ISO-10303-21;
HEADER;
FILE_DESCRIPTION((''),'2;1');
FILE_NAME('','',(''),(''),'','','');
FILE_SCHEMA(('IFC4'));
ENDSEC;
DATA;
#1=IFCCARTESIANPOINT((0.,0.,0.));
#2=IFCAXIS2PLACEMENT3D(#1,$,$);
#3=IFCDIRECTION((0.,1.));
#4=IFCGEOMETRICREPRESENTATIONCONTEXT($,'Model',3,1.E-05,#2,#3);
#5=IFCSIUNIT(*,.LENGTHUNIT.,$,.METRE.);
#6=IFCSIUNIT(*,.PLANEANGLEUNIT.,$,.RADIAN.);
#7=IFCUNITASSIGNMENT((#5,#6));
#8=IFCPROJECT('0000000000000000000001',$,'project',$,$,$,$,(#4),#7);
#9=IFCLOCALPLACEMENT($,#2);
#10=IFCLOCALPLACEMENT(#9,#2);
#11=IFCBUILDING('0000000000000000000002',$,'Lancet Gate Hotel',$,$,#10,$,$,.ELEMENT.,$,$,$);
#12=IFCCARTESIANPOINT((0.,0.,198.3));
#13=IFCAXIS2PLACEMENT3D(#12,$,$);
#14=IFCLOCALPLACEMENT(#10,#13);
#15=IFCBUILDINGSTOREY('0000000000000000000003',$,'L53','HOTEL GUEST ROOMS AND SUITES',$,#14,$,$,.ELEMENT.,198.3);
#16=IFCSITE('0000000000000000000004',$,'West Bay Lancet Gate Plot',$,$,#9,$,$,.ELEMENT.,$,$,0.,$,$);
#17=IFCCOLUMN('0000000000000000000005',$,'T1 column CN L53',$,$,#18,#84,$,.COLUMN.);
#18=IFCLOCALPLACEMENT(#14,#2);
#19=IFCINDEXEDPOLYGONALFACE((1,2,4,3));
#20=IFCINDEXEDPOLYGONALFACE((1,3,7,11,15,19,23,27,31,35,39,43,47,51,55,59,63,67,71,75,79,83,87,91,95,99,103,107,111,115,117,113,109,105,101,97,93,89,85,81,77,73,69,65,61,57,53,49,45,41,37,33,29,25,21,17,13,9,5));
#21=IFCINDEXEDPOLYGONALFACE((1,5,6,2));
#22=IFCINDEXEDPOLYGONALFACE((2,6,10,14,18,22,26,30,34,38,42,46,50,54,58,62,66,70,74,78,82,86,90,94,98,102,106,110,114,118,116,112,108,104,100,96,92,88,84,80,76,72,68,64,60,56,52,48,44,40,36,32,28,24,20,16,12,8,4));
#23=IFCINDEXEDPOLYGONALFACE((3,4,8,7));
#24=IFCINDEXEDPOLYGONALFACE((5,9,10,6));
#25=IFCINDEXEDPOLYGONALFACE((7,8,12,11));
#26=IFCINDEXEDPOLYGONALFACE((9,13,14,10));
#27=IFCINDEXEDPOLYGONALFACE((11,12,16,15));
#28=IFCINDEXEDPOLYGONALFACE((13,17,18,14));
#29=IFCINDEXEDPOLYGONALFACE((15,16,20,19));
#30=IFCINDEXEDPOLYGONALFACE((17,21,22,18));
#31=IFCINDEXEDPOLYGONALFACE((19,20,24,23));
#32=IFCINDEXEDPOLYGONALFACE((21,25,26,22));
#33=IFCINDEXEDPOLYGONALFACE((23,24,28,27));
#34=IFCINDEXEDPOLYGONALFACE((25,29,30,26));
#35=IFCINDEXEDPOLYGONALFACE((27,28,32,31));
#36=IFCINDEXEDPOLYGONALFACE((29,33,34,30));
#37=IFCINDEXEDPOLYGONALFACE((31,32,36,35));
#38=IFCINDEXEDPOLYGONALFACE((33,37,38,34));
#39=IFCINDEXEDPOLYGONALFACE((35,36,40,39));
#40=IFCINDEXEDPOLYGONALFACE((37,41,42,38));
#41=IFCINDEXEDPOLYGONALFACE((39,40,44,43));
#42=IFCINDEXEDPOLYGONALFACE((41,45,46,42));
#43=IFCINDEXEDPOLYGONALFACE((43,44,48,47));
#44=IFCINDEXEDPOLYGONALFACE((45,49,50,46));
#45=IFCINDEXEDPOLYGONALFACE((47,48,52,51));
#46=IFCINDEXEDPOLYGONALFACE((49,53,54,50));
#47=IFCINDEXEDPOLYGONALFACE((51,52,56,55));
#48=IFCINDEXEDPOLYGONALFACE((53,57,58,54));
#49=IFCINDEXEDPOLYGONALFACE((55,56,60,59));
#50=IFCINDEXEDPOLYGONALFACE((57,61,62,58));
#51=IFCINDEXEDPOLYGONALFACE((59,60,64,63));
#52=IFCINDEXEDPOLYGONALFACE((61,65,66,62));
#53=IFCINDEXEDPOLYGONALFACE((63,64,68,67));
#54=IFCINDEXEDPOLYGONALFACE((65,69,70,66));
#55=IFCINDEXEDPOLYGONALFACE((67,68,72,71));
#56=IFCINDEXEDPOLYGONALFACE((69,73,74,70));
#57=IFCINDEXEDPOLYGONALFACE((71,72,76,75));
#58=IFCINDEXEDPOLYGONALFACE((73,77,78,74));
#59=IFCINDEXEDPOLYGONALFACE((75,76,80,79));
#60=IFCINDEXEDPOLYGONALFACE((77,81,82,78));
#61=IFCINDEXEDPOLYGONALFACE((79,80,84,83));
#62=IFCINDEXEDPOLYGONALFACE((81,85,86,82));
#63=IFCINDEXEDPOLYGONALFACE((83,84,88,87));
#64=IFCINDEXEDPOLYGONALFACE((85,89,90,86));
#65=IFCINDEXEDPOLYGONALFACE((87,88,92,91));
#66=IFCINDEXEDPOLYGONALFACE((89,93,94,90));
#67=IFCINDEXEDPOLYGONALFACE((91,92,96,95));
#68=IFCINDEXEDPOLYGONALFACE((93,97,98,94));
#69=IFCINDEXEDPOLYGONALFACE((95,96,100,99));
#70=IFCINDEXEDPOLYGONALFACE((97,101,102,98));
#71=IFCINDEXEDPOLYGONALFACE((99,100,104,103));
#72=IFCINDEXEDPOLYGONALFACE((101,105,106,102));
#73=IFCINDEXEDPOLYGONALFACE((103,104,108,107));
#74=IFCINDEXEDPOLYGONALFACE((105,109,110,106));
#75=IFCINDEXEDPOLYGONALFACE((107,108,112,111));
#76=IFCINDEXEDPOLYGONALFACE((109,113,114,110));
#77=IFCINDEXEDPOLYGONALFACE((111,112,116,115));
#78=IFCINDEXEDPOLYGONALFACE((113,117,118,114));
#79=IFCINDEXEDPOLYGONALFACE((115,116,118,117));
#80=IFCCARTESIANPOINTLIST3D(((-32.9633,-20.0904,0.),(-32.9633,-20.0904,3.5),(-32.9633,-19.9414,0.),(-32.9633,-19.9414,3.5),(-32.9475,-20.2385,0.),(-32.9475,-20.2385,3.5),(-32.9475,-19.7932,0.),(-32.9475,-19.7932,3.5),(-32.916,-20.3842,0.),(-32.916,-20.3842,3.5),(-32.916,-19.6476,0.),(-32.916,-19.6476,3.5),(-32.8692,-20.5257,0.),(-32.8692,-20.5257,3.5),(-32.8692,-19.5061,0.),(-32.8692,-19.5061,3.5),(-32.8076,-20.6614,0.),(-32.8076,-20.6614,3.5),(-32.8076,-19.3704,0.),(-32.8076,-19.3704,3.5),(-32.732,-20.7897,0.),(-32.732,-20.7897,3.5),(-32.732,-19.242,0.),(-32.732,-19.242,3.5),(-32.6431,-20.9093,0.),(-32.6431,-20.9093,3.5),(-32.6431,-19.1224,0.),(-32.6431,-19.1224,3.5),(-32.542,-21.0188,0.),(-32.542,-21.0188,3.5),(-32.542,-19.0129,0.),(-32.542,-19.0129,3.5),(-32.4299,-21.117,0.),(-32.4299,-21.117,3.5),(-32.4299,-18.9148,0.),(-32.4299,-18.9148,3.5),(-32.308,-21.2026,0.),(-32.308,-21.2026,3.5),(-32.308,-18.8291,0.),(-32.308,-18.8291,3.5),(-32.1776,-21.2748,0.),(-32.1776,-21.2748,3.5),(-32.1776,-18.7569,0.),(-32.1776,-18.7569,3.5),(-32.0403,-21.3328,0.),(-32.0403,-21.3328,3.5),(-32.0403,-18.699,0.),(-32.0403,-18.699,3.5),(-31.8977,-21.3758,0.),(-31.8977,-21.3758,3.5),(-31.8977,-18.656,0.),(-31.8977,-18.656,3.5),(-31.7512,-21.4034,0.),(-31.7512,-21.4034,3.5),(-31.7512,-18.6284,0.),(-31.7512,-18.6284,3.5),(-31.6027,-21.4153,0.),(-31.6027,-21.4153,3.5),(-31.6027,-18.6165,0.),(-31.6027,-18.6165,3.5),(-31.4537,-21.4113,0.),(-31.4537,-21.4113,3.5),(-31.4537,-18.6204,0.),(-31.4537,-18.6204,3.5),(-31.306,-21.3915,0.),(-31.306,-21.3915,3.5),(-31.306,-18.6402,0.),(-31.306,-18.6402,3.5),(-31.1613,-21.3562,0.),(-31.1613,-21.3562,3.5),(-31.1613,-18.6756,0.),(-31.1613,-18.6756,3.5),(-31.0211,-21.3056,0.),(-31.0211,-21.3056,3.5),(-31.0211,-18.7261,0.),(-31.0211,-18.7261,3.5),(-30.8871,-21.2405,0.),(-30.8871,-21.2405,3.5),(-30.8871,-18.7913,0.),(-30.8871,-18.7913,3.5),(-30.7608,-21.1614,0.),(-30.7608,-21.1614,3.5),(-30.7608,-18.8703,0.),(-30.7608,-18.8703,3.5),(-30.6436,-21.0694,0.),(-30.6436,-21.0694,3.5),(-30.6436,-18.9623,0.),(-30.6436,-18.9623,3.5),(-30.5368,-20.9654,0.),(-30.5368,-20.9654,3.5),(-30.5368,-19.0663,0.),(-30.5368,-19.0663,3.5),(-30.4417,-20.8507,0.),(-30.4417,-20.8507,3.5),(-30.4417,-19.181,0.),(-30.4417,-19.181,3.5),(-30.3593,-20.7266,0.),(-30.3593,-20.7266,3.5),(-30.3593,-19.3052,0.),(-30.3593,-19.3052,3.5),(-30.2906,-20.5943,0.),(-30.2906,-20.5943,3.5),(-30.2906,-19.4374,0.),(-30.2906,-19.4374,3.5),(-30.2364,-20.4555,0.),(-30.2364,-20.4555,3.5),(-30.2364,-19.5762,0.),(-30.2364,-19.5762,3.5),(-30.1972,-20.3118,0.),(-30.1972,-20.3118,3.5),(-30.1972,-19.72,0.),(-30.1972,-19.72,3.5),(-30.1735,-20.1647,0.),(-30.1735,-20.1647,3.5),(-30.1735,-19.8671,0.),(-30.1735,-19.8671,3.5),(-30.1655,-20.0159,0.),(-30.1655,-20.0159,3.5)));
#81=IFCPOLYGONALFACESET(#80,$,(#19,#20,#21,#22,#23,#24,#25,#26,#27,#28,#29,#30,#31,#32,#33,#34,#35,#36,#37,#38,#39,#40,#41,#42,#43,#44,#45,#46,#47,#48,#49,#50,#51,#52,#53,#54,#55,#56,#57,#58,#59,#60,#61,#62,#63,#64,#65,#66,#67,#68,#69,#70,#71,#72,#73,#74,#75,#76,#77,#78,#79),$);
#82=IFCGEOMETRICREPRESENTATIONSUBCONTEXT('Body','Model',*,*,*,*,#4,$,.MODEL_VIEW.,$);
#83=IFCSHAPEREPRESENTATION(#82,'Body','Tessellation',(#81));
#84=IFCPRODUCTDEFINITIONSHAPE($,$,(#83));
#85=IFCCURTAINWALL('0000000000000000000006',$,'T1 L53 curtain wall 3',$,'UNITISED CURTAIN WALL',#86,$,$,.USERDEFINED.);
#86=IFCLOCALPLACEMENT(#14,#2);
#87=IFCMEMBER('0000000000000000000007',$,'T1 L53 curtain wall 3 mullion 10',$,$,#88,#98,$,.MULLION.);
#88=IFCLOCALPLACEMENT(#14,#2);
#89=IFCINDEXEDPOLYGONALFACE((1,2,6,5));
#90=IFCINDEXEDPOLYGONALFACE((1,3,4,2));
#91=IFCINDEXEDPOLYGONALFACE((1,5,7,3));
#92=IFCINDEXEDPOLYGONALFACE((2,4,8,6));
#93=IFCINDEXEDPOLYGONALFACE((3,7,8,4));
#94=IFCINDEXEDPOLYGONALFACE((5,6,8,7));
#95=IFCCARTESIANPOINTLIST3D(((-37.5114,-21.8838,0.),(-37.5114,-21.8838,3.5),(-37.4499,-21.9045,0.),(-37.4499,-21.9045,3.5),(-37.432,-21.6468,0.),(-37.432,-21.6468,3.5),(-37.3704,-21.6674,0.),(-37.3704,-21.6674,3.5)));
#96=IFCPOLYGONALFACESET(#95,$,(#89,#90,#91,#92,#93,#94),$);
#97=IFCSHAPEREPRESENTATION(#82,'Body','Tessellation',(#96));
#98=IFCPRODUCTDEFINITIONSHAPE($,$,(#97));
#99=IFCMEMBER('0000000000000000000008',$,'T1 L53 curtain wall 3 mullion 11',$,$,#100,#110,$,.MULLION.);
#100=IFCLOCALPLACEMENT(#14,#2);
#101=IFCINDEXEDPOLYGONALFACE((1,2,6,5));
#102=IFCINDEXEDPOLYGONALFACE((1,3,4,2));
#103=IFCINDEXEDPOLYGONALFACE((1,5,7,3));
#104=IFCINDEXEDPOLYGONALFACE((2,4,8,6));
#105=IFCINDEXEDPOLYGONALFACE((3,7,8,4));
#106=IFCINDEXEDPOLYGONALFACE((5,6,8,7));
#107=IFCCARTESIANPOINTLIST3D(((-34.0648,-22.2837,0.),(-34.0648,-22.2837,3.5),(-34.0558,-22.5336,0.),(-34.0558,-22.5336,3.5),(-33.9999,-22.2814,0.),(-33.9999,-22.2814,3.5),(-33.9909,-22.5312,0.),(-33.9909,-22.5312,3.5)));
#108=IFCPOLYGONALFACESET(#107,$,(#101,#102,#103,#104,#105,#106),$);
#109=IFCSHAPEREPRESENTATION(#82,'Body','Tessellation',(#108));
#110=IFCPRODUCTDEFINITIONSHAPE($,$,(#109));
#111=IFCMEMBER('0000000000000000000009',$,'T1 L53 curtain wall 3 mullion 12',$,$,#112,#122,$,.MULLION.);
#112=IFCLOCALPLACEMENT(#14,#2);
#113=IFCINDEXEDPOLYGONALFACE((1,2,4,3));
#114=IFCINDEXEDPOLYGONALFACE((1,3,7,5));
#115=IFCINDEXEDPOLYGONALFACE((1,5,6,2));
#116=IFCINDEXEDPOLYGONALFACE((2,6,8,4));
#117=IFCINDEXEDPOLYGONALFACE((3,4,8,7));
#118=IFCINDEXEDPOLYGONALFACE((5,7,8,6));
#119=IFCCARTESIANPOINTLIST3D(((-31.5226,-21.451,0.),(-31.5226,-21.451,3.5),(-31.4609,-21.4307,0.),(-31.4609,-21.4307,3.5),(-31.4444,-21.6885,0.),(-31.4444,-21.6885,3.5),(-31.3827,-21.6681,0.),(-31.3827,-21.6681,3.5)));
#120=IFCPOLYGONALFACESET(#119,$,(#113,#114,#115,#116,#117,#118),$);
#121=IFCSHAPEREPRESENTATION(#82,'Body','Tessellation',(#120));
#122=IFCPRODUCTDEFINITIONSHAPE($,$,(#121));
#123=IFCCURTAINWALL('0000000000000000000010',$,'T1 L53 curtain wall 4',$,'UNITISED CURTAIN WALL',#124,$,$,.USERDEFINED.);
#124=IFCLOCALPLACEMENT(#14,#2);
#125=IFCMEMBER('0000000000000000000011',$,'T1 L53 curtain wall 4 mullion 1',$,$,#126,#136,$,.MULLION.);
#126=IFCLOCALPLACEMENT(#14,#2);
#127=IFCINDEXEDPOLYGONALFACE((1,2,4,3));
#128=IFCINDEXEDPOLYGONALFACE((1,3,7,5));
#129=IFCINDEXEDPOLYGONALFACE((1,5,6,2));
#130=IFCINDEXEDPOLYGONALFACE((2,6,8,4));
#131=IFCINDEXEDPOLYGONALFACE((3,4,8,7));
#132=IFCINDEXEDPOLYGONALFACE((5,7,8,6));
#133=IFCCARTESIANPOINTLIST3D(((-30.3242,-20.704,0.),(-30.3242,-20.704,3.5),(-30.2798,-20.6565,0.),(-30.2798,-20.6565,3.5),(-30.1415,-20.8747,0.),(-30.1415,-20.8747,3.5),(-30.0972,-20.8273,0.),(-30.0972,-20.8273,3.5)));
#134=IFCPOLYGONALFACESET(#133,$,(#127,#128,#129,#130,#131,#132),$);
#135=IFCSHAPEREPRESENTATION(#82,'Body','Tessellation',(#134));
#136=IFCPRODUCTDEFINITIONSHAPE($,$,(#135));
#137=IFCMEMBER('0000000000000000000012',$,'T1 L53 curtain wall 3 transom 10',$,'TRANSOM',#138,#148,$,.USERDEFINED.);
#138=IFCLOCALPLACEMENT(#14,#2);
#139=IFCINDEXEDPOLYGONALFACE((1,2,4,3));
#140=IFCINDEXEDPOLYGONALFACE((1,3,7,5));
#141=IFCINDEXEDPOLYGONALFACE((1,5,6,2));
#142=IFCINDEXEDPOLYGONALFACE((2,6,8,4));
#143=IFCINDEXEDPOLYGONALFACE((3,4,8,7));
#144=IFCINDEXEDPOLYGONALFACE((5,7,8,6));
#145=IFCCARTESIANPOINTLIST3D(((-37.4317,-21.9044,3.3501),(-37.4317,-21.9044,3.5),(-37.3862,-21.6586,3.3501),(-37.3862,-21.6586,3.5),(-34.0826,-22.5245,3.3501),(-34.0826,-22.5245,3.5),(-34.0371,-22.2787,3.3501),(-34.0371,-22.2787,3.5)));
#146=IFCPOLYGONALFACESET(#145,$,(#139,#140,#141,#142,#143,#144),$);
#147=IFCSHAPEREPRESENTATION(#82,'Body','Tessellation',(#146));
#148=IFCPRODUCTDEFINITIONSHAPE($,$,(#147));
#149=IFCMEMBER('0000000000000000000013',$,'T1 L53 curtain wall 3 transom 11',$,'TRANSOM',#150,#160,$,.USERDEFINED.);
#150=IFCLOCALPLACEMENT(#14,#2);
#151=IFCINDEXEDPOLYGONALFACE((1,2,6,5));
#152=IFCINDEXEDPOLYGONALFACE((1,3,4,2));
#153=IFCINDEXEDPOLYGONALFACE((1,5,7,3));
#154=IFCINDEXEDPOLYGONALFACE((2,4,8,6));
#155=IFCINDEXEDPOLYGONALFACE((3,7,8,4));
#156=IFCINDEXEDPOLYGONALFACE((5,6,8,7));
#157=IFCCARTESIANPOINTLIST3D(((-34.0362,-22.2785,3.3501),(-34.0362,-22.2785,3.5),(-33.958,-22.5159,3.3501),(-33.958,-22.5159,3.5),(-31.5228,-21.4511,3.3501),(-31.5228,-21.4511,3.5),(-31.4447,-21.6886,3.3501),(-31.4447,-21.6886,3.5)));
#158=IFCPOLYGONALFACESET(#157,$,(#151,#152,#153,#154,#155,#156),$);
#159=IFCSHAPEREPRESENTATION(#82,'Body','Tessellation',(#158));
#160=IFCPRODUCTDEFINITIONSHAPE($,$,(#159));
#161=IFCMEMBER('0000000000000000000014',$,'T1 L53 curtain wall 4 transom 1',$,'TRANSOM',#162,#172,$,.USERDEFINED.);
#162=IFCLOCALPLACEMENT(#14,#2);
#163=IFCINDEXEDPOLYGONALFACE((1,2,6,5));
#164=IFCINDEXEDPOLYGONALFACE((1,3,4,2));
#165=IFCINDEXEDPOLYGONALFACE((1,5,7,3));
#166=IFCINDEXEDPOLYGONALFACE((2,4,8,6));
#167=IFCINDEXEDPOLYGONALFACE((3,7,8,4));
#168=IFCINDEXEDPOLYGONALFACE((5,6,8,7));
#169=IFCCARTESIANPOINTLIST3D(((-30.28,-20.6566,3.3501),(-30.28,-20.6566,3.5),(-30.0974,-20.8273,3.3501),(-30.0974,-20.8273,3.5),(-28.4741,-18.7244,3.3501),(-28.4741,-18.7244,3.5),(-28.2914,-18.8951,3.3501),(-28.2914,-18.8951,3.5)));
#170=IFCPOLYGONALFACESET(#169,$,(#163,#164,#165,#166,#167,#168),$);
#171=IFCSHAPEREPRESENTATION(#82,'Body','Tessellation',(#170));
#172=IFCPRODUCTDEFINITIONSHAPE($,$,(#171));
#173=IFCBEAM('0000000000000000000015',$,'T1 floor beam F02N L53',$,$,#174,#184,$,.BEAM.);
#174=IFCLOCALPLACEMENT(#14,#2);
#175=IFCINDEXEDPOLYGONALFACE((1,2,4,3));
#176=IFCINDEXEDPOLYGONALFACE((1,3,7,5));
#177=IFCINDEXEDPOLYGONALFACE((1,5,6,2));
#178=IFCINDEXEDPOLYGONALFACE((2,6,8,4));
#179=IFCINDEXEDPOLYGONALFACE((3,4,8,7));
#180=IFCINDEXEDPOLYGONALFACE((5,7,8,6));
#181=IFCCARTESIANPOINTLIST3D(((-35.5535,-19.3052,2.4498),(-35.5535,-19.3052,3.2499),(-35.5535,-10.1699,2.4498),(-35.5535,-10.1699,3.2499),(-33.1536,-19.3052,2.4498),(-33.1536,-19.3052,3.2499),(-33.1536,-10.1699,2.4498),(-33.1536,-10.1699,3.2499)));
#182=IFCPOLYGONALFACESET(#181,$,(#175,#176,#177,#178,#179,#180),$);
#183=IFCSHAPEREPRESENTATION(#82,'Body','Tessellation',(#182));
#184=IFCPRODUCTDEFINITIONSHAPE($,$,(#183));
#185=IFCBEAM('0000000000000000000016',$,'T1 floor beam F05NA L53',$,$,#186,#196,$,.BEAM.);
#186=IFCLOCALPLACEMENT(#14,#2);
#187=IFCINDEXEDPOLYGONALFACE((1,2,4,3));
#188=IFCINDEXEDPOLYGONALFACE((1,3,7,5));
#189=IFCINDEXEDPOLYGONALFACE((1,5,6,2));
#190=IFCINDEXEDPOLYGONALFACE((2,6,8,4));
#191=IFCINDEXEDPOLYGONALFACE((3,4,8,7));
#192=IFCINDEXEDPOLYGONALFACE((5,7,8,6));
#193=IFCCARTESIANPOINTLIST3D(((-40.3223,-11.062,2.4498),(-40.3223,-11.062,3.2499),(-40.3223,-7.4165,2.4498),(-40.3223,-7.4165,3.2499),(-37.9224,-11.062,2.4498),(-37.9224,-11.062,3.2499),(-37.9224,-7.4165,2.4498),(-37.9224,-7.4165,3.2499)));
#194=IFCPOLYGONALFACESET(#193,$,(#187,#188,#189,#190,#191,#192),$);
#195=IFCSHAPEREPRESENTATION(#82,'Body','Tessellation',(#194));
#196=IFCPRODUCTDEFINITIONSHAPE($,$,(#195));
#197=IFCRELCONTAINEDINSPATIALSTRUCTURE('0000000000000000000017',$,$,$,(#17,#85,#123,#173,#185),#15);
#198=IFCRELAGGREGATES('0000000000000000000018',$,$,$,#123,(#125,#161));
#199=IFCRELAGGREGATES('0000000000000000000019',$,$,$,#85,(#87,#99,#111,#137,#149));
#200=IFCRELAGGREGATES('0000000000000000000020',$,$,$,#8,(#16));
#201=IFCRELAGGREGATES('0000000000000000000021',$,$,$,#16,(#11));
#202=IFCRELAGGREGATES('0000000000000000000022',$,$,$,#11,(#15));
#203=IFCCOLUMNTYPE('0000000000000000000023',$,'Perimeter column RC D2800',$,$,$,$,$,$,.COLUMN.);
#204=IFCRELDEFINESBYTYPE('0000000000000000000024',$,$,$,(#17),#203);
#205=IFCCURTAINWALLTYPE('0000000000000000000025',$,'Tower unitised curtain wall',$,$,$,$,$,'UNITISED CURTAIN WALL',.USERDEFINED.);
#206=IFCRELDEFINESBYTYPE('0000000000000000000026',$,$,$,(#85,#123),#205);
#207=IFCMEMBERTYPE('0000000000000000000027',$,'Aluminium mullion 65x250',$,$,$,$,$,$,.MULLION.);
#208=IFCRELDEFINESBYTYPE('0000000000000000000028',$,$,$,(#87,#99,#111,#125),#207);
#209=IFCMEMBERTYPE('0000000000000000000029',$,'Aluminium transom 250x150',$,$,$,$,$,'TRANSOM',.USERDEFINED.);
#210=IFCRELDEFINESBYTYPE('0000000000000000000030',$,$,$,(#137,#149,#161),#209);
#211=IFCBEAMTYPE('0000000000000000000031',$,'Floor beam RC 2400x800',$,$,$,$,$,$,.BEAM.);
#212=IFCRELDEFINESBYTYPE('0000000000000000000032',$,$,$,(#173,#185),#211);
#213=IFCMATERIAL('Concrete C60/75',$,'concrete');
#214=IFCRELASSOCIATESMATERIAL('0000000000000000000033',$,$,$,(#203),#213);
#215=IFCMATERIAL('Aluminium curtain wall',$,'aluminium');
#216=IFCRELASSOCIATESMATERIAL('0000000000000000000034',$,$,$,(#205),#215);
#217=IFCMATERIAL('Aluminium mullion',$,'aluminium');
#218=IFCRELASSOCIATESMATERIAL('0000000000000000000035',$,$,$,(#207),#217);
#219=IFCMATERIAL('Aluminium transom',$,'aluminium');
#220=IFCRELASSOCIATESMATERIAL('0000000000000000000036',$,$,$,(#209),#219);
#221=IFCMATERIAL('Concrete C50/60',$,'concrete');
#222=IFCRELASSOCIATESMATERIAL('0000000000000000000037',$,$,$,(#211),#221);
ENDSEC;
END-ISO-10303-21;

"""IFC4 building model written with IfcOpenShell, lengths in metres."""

from ifc_helpers import new_model, si_unit, direction, frame, origin, origin_2d, place, context, subcontext, project, spatial, rectangle, circle, extrude, material, material_profile, profile_set, type_object, element, aggregate, save


model = new_model("IFC4")

# Units and contexts
model_context = context("Model", 3, precision=1e-05, world=origin(), true_north=direction((0.0, 1.0)))
body_context = subcontext(model_context, "Body", "Model", "MODEL_VIEW")
ifc_project = project(units=[si_unit("LENGTHUNIT", "METRE"), si_unit("PLANEANGLEUNIT", "RADIAN")], contexts=[model_context])

# Site, building, storey
site_placement = place(None, origin())
site = spatial("IfcSite", under=ifc_project, at=site_placement, Name="West Bay Lancet Gate Plot", CompositionType="ELEMENT", RefElevation=0.0)
building_placement = place(site_placement, origin())
building = spatial("IfcBuilding", under=site, at=building_placement, Name="Lancet Gate Hotel", CompositionType="ELEMENT")
storey_placement = place(building_placement, frame((0.0, 0.0, 198.3)))
storey = spatial("IfcBuildingStorey", under=building, at=storey_placement, Name="L53", Description="HOTEL GUEST ROOMS AND SUITES", CompositionType="ELEMENT", Elevation=198.3)

# Column
ifc_material_1 = material(Name="Concrete C60/75", Category="concrete")
ifc_material_profile_1 = material_profile(ifc_material_1, circle(Radius=1.3999, at=origin_2d()), Name="RC D2800")
ifc_profile_set_1 = profile_set([ifc_material_profile_1], Name="Concrete C60/75")
column_type = type_object("IfcColumnType", Name="Perimeter column RC D2800", PredefinedType="COLUMN", material=ifc_profile_set_1)
column_placement = place(storey_placement, frame((-31.5654, -20.0159, 0.0), z_axis=(0.0, 0.0, 1.0), x_axis=(1.0, 0.0, 0.0)))
element("IfcColumn", 1, at=column_placement, inside=storey, type_object=column_type, Name="T1 column CN L53", PredefinedType="COLUMN", context=body_context, shape_type="SweptSolid", body=[
    extrude(circle(Radius=1.3999, at=origin_2d()), origin(), (0.0, 0.0, 1.0), 3.5),
])

# Curtain wall, members
ifc_material_2 = material(Name="Aluminium curtain wall", Category="aluminium")
curtain_wall_type = type_object("IfcCurtainWallType", Name="Tower unitised curtain wall", ElementType="UNITISED CURTAIN WALL", PredefinedType="USERDEFINED", material=ifc_material_2)
curtain_wall_1_placement = place(storey_placement, origin())
curtain_wall_1 = element("IfcCurtainWall", 2, at=curtain_wall_1_placement, inside=storey, type_object=curtain_wall_type, Name="T1 L53 curtain wall 3", ObjectType="UNITISED CURTAIN WALL", PredefinedType="USERDEFINED")
ifc_material_3 = material(Name="Aluminium mullion", Category="aluminium")
ifc_material_profile_2 = material_profile(ifc_material_3, rectangle(XDim=0.0649, YDim=0.25, at=origin_2d()), Name="MULLION 65x250")
ifc_profile_set_2 = profile_set([ifc_material_profile_2], Name="Aluminium mullion")
member_type_1 = type_object("IfcMemberType", Name="Aluminium mullion 65x250", PredefinedType="MULLION", material=ifc_profile_set_2)
member_1_placement = place(storey_placement, frame((-37.4409, -21.7756, 0.0), z_axis=(0.0, 0.0, 1.0), x_axis=(0.948119, -0.317915, 0.0)))
member_1 = element("IfcMember", 3, at=member_1_placement, type_object=member_type_1, Name="T1 L53 curtain wall 3 mullion 10", PredefinedType="MULLION", context=body_context, shape_type="SweptSolid", body=[
    extrude(rectangle(XDim=0.0649, YDim=0.25, at=origin_2d()), origin(), (0.0, 0.0, 1.0), 3.5),
])
member_2_placement = place(storey_placement, frame((-34.0278, -22.4075, 0.0), z_axis=(0.0, 0.0, 1.0), x_axis=(0.99935, 0.036037, 0.0)))
member_2 = element("IfcMember", 4, at=member_2_placement, type_object=member_type_1, Name="T1 L53 curtain wall 3 mullion 11", PredefinedType="MULLION", context=body_context, shape_type="SweptSolid", body=[
    extrude(rectangle(XDim=0.0649, YDim=0.25, at=origin_2d()), origin(), (0.0, 0.0, 1.0), 3.5),
])
member_3_placement = place(storey_placement, frame((-31.4526, -21.5596, 0.0), z_axis=(0.0, 0.0, 1.0), x_axis=(0.949848, 0.312712, 0.0)))
member_3 = element("IfcMember", 5, at=member_3_placement, type_object=member_type_1, Name="T1 L53 curtain wall 3 mullion 12", PredefinedType="MULLION", context=body_context, shape_type="SweptSolid", body=[
    extrude(rectangle(XDim=0.0649, YDim=0.25, at=origin_2d()), origin(), (0.0, 0.0, 1.0), 3.5),
])

# Curtain wall, member
curtain_wall_2_placement = place(storey_placement, origin())
curtain_wall_2 = element("IfcCurtainWall", 6, at=curtain_wall_2_placement, inside=storey, type_object=curtain_wall_type, Name="T1 L53 curtain wall 4", ObjectType="UNITISED CURTAIN WALL", PredefinedType="USERDEFINED")
member_4_placement = place(storey_placement, frame((-30.2107, -20.7656, 0.0), z_axis=(0.0, 0.0, 1.0), x_axis=(0.682845, 0.730563, 0.0)))
member_4 = element("IfcMember", 7, at=member_4_placement, type_object=member_type_1, Name="T1 L53 curtain wall 4 mullion 1", PredefinedType="MULLION", context=body_context, shape_type="SweptSolid", body=[
    extrude(rectangle(XDim=0.0649, YDim=0.25, at=origin_2d()), origin(), (0.0, 0.0, 1.0), 3.5),
])

# Members
ifc_material_4 = material(Name="Aluminium transom", Category="aluminium")
ifc_material_profile_3 = material_profile(ifc_material_4, rectangle(XDim=0.25, YDim=0.1499, at=origin_2d()), Name="TRANSOM 250x150")
ifc_profile_set_3 = profile_set([ifc_material_profile_3], Name="Aluminium transom")
member_type_2 = type_object("IfcMemberType", Name="Aluminium transom 250x150", ElementType="TRANSOM", PredefinedType="USERDEFINED", material=ifc_profile_set_3)
member_5_placement = place(storey_placement, frame((-37.4089, -21.7815, 3.425), z_axis=(0.983287, -0.182064, 0.0), x_axis=(0.182064, 0.983287, 0.0)))
member_5 = element("IfcMember", 8, at=member_5_placement, type_object=member_type_2, Name="T1 L53 curtain wall 3 transom 10", ObjectType="TRANSOM", PredefinedType="USERDEFINED", context=body_context, shape_type="SweptSolid", body=[
    extrude(rectangle(XDim=0.25, YDim=0.1499, at=origin_2d()), origin(), (0.0, 0.0, 1.0), 3.406),
])
member_6_placement = place(storey_placement, frame((-33.9971, -22.3972, 3.425), z_axis=(0.949858, 0.312683, 0.0), x_axis=(-0.312683, 0.949858, 0.0)))
member_6 = element("IfcMember", 9, at=member_6_placement, type_object=member_type_2, Name="T1 L53 curtain wall 3 transom 11", ObjectType="TRANSOM", PredefinedType="USERDEFINED", context=body_context, shape_type="SweptSolid", body=[
    extrude(rectangle(XDim=0.25, YDim=0.1499, at=origin_2d()), origin(), (0.0, 0.0, 1.0), 2.646),
])
member_7_placement = place(storey_placement, frame((-30.1887, -20.7419, 3.425), z_axis=(0.682841, 0.730567, 0.0), x_axis=(-0.730567, 0.682841, 0.0)))
member_7 = element("IfcMember", 10, at=member_7_placement, type_object=member_type_2, Name="T1 L53 curtain wall 4 transom 1", ObjectType="TRANSOM", PredefinedType="USERDEFINED", context=body_context, shape_type="SweptSolid", body=[
    extrude(rectangle(XDim=0.25, YDim=0.1499, at=origin_2d()), origin(), (0.0, 0.0, 1.0), 2.6448),
])
aggregate(curtain_wall_2, [member_4, member_7])

# Beams
ifc_material_5 = material(Name="Concrete C50/60", Category="concrete")
ifc_material_profile_4 = material_profile(ifc_material_5, rectangle(XDim=2.3999, YDim=0.8, at=origin_2d()), Name="RC 2400x800")
ifc_profile_set_4 = profile_set([ifc_material_profile_4], Name="Concrete C50/60")
beam_type_1 = type_object("IfcBeamType", Name="Floor beam RC 2400x800", PredefinedType="BEAM", material=ifc_profile_set_4)
beam_1_placement = place(storey_placement, frame((-34.3535, -10.1699, 2.8499), z_axis=(0.0, -1.0, 0.0), x_axis=(1.0, 0.0, 0.0)))
element("IfcBeam", 11, at=beam_1_placement, inside=storey, type_object=beam_type_1, Name="T1 floor beam F02N L53", PredefinedType="BEAM", context=body_context, shape_type="SweptSolid", body=[
    extrude(rectangle(XDim=2.3999, YDim=0.8, at=origin_2d()), origin(), (0.0, 0.0, 1.0), 9.1353),
])
beam_2_placement = place(storey_placement, frame((-39.1223, -7.4165, 2.8499), z_axis=(0.0, -1.0, 0.0), x_axis=(1.0, 0.0, 0.0)))
element("IfcBeam", 12, at=beam_2_placement, inside=storey, type_object=beam_type_1, Name="T1 floor beam F05NA L53", PredefinedType="BEAM", context=body_context, shape_type="SweptSolid", body=[
    extrude(rectangle(XDim=2.3999, YDim=0.8, at=origin_2d()), origin(), (0.0, 0.0, 1.0), 3.6455),
])

aggregate(curtain_wall_1, [member_1, member_2, member_3, member_5, member_6])

save(model, "model.ifc")
